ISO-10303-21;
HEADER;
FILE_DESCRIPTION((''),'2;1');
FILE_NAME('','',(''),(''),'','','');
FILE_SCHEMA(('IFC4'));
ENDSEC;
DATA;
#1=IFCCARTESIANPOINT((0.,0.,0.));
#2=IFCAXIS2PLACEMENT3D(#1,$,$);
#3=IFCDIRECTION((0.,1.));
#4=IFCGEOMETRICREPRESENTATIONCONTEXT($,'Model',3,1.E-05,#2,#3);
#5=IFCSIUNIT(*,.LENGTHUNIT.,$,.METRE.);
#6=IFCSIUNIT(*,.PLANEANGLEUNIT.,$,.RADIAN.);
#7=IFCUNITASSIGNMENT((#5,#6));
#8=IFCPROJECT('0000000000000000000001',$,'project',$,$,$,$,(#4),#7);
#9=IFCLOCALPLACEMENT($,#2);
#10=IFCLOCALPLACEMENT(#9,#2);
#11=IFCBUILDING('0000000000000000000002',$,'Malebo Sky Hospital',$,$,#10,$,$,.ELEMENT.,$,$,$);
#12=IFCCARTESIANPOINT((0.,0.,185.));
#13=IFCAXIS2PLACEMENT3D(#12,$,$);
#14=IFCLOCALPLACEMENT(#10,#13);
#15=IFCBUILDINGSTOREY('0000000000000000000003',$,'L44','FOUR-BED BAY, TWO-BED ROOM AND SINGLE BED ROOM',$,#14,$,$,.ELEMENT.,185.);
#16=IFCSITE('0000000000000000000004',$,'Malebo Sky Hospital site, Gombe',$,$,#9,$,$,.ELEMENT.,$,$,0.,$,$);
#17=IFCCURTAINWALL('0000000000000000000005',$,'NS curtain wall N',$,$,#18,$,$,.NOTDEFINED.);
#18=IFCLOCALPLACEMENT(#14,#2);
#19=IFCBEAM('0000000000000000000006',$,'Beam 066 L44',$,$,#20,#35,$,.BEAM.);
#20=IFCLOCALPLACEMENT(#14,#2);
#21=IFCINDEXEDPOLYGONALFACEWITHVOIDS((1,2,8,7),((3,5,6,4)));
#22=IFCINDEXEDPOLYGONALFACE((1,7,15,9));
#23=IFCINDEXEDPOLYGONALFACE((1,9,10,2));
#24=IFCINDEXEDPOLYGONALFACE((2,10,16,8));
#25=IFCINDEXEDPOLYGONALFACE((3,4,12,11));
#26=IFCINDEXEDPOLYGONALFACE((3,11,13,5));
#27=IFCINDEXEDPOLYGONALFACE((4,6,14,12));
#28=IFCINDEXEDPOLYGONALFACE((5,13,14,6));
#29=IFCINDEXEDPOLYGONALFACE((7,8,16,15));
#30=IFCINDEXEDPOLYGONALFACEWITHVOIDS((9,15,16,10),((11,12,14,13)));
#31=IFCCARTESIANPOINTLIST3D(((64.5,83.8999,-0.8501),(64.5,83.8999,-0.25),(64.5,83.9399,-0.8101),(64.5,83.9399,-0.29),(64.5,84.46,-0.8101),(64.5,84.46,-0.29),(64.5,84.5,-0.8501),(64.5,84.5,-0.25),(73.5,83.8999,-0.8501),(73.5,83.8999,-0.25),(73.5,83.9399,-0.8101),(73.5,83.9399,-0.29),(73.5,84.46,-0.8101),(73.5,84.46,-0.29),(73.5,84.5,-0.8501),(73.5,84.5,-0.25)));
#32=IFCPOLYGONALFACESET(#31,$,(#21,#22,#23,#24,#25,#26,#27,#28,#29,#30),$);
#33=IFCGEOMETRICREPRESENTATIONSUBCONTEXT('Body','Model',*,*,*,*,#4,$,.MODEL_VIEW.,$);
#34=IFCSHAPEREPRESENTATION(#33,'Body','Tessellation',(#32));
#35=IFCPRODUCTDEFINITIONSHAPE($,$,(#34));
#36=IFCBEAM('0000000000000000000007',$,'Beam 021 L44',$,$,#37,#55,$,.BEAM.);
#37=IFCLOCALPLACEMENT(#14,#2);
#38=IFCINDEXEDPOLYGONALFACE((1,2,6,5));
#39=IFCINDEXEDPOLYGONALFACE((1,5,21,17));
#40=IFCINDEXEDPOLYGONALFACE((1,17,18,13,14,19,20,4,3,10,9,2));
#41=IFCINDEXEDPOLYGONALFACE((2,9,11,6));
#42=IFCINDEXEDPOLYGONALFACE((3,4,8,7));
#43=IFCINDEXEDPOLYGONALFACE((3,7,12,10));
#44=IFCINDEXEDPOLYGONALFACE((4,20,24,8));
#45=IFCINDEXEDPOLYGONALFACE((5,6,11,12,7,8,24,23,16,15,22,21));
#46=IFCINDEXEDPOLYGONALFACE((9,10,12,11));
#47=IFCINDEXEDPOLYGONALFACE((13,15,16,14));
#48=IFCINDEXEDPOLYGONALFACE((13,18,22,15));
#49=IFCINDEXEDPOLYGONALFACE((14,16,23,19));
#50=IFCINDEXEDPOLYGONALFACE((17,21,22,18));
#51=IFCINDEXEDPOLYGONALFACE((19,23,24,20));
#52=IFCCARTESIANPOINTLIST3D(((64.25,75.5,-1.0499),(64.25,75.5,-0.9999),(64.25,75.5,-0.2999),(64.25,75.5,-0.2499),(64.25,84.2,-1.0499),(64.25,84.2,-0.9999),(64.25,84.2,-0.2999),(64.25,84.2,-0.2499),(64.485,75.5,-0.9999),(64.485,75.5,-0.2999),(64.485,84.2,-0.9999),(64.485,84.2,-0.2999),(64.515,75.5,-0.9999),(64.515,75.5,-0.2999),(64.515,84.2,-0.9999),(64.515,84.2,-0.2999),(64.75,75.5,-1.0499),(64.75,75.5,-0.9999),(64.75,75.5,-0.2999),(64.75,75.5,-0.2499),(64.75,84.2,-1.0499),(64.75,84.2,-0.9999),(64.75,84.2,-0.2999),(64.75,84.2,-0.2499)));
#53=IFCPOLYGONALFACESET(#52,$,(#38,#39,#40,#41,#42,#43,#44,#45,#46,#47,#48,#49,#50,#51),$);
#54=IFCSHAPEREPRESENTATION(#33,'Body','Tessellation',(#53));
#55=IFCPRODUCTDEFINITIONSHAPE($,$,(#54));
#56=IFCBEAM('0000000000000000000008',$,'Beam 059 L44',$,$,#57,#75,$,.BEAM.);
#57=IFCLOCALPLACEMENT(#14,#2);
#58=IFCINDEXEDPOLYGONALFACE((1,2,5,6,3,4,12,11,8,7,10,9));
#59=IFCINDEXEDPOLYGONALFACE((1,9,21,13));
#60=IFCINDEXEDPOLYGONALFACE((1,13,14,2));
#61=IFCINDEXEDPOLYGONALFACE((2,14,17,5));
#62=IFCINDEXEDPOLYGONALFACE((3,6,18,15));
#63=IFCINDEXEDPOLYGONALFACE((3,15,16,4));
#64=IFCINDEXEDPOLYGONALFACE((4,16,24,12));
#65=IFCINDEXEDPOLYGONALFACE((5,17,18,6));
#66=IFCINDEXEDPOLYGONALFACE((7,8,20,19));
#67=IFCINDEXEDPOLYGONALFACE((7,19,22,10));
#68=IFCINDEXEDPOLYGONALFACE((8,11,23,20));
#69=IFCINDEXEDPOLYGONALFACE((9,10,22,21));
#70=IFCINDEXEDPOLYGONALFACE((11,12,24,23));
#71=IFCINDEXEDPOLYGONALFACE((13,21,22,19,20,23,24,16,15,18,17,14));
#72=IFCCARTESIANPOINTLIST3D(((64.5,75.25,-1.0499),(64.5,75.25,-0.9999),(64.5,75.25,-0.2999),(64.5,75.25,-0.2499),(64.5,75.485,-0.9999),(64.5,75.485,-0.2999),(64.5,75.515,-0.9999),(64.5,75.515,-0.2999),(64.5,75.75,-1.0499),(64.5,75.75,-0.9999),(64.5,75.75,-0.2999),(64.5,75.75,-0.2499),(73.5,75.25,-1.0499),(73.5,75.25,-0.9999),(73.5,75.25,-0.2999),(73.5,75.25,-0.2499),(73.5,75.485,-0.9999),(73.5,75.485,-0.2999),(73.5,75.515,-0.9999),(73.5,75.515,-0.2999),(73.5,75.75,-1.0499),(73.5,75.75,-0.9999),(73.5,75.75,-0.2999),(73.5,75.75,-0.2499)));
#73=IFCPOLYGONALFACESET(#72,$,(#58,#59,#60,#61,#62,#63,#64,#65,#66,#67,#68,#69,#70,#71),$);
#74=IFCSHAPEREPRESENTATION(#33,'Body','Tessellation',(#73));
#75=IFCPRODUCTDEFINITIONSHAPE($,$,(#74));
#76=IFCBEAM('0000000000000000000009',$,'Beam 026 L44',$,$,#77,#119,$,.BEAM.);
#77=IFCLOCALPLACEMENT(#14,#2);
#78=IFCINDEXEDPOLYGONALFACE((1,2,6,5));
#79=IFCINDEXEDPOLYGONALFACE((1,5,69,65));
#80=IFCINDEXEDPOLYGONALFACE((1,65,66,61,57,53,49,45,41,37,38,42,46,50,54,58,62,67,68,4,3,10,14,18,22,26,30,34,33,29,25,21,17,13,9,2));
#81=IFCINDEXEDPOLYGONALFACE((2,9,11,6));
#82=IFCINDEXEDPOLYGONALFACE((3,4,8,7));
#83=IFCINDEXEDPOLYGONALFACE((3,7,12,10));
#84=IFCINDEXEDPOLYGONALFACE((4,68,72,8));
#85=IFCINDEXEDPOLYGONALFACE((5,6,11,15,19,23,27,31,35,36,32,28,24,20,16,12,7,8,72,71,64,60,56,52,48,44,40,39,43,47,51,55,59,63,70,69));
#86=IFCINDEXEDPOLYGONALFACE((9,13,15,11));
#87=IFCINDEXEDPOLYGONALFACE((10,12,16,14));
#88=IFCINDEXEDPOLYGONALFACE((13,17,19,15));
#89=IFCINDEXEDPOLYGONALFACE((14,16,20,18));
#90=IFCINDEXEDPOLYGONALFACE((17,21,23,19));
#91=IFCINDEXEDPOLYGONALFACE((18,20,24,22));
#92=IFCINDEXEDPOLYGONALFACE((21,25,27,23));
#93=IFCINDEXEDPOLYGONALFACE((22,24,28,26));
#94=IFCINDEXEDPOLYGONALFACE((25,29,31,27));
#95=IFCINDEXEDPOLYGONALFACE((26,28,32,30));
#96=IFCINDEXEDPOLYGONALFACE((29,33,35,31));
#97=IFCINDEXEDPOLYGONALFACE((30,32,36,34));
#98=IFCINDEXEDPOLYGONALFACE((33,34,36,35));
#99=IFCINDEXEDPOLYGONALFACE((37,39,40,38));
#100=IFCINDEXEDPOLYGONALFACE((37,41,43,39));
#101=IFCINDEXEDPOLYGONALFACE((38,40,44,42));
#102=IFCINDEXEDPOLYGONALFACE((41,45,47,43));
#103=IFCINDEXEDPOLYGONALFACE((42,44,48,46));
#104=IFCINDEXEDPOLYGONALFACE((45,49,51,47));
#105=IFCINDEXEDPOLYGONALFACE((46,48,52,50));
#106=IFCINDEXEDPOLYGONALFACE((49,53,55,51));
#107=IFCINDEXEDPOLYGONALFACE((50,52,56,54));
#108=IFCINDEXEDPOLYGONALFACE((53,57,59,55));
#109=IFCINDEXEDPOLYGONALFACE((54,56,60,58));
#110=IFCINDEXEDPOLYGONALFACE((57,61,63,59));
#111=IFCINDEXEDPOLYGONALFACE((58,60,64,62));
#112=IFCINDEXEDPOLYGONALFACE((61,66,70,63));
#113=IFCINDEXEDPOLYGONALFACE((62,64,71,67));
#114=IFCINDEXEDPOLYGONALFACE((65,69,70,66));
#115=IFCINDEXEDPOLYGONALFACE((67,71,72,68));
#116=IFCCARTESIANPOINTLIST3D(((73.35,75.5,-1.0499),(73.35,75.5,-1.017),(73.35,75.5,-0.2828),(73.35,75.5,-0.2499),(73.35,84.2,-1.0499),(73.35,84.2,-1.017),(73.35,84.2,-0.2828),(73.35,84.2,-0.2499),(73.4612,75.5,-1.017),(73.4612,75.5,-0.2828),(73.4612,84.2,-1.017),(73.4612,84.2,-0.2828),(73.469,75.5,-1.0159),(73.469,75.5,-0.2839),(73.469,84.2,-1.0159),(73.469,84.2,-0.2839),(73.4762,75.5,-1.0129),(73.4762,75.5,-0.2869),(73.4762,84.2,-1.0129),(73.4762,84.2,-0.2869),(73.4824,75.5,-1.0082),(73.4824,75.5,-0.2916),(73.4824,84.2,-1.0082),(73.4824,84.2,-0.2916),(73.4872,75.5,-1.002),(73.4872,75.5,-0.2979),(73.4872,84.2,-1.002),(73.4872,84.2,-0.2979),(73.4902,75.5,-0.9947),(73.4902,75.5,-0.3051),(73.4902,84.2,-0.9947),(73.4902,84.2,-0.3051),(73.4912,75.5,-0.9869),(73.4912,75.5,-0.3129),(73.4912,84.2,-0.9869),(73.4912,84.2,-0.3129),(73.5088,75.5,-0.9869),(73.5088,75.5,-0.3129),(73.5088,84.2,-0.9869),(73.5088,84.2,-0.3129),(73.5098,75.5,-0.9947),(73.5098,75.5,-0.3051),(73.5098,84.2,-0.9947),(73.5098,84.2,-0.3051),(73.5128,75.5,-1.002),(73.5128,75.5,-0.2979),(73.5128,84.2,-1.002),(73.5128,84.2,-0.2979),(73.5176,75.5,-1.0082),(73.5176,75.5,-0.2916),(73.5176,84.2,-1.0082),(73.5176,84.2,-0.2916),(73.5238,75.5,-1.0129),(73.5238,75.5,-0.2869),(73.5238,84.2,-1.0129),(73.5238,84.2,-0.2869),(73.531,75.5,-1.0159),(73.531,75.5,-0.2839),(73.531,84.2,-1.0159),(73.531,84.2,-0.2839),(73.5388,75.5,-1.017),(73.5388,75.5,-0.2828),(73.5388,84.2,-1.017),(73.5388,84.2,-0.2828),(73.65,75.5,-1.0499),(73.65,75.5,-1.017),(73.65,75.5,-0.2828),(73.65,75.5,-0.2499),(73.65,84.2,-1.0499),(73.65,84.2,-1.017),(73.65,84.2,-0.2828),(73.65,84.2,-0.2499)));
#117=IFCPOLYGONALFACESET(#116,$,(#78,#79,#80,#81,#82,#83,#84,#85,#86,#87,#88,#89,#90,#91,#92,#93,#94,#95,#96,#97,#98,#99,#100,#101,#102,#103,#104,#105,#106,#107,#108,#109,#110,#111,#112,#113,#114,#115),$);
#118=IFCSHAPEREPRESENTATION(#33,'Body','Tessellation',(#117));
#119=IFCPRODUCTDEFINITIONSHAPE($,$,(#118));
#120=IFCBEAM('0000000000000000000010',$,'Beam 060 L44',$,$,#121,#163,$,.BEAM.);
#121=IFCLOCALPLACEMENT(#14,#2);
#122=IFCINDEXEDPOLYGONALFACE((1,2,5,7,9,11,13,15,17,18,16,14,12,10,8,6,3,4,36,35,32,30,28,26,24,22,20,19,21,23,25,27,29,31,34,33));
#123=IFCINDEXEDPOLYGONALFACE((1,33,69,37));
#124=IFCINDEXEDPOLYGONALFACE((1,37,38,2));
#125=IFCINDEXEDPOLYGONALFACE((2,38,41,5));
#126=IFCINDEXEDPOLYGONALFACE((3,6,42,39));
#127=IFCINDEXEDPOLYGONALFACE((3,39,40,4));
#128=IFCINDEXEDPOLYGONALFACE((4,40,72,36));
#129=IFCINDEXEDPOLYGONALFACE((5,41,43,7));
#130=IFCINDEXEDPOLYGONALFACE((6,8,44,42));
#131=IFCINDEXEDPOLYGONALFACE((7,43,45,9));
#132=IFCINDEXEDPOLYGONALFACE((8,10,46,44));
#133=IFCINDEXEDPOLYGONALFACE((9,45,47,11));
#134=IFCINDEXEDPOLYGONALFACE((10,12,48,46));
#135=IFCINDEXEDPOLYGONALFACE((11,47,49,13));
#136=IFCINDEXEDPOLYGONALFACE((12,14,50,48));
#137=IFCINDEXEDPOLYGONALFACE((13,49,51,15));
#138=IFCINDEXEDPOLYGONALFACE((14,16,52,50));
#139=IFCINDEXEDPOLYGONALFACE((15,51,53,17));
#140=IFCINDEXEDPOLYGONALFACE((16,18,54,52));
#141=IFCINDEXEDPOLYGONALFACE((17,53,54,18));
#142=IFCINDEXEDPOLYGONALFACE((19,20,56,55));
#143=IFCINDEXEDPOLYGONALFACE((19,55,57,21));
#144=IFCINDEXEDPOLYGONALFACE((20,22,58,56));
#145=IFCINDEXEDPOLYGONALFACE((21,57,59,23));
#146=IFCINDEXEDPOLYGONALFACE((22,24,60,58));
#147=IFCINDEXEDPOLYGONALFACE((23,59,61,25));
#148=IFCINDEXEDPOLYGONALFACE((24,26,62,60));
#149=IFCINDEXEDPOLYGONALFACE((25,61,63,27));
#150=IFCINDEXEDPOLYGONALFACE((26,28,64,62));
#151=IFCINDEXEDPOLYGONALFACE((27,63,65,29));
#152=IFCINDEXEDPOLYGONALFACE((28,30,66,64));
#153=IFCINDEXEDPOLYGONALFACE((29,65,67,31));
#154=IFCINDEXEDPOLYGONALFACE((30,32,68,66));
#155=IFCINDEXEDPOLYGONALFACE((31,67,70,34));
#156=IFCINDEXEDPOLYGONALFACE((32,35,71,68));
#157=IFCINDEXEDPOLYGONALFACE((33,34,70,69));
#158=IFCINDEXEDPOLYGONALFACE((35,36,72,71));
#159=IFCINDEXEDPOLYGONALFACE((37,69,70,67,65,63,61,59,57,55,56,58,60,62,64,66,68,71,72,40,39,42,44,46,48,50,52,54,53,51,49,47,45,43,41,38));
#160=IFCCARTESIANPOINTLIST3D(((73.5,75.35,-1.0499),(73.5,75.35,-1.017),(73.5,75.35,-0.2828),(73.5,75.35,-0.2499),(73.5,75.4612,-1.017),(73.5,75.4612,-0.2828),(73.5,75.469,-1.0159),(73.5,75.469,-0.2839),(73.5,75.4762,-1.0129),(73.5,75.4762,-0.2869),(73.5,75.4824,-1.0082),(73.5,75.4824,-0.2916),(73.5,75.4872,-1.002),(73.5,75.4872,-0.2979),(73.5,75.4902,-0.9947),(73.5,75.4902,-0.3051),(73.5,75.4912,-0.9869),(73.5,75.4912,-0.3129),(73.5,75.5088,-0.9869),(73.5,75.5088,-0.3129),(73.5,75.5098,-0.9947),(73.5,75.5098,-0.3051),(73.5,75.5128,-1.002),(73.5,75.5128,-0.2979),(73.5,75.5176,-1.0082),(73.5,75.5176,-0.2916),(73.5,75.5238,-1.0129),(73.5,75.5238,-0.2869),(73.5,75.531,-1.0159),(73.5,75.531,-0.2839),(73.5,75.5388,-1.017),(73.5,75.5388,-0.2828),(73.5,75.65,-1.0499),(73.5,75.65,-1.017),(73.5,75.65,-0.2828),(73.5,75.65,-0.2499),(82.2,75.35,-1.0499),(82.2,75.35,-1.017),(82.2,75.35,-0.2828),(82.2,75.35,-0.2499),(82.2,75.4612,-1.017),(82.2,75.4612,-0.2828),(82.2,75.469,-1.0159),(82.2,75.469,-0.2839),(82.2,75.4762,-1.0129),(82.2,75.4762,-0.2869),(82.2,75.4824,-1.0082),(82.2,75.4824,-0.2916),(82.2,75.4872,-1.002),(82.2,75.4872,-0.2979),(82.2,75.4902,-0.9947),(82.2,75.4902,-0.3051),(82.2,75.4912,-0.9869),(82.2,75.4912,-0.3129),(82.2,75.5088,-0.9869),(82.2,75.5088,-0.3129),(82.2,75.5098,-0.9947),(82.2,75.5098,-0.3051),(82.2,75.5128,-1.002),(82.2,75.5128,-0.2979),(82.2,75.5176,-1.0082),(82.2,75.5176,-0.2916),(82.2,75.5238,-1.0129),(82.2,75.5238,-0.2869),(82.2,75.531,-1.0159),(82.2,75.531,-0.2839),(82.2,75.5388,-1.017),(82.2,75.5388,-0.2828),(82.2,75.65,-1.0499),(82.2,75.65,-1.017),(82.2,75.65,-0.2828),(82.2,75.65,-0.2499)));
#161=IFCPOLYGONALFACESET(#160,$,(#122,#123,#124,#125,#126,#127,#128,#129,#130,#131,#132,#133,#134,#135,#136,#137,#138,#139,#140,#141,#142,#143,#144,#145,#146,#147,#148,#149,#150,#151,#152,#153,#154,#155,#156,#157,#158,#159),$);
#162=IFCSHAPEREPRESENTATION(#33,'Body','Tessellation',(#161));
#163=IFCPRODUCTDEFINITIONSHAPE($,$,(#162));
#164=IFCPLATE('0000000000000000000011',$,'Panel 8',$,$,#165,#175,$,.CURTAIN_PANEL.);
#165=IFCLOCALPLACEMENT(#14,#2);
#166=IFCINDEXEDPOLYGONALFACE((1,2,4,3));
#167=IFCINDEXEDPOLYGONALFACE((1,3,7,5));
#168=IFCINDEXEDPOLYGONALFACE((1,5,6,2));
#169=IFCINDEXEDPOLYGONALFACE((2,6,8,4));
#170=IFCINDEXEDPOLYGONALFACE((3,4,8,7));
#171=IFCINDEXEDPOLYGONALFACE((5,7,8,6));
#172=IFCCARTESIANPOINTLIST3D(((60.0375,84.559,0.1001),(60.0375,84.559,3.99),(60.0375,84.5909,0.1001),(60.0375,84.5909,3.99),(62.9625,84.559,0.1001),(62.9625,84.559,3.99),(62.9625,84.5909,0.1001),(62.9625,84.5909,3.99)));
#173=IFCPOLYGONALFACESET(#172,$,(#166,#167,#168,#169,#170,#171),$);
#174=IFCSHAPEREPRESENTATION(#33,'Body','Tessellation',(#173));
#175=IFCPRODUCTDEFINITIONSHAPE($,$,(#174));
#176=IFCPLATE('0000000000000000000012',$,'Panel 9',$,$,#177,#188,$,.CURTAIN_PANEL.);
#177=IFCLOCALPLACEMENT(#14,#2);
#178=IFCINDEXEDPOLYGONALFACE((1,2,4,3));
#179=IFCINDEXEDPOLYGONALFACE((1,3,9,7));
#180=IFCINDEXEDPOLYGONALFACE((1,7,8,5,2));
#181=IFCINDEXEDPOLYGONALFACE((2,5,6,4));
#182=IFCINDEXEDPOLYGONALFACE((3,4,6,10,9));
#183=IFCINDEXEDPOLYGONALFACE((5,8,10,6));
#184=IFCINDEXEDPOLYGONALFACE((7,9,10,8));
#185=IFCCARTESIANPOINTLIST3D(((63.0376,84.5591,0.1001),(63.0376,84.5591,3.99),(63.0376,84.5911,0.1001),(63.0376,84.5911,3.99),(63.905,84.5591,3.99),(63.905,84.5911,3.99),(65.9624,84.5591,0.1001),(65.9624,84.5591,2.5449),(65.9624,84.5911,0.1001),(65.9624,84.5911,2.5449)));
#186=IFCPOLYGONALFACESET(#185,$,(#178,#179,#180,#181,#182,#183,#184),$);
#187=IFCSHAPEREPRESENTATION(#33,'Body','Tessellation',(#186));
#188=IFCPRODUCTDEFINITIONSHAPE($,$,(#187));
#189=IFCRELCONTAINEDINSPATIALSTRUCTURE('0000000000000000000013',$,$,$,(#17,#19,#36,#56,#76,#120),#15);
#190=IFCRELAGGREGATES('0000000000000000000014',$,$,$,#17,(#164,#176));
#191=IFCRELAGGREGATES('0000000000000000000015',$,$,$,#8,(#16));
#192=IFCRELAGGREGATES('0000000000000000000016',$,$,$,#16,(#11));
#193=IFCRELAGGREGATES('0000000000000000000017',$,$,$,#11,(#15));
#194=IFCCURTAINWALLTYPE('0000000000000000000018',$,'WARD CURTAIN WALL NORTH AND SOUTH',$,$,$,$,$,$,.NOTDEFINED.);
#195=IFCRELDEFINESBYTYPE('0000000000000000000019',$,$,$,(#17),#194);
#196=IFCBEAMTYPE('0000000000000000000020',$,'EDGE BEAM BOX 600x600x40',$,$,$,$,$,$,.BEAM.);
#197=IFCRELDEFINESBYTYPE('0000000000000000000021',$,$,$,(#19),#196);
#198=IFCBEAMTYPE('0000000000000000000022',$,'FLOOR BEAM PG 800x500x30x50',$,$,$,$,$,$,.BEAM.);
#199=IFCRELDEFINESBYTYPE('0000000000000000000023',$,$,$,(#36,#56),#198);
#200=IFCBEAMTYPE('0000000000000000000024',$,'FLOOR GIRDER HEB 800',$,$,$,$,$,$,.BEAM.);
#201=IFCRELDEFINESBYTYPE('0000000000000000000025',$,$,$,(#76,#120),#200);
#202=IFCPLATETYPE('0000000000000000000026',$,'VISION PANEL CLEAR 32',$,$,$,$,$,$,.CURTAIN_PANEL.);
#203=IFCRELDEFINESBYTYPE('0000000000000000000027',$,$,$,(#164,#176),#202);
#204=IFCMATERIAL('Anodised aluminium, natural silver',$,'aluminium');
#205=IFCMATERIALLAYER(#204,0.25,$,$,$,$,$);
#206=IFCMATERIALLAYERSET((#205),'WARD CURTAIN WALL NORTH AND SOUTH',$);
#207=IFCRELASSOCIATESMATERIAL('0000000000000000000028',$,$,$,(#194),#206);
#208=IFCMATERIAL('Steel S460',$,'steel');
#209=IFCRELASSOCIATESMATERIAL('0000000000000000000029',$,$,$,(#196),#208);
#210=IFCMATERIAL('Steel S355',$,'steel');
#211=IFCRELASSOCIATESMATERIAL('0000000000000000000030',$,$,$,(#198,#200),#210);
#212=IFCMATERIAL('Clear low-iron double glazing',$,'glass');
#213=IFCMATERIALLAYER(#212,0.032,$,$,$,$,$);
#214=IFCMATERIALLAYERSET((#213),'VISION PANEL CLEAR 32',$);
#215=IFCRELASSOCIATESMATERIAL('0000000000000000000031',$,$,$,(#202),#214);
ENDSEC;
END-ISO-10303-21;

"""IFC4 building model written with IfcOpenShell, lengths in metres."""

from ifc_helpers import new_model, si_unit, direction, frame, origin, origin_2d, place, context, subcontext, project, spatial, polyline, rectangle, hollow_rectangle, i_section, outline, extrude, material, layer, layer_set, material_profile, profile_set, type_object, element, aggregate, save


model = new_model("IFC4")

# Units and contexts
model_context = context("Model", 3, precision=1e-05, world=origin(), true_north=direction((0.0, 1.0)))
body_context = subcontext(model_context, "Body", "Model", "MODEL_VIEW")
ifc_project = project(units=[si_unit("LENGTHUNIT", "METRE"), si_unit("PLANEANGLEUNIT", "RADIAN")], contexts=[model_context])

# Site, building, storey
site_placement = place(None, origin())
site = spatial("IfcSite", under=ifc_project, at=site_placement, Name="Malebo Sky Hospital site, Gombe", CompositionType="ELEMENT", RefElevation=0.0)
building_placement = place(site_placement, origin())
building = spatial("IfcBuilding", under=site, at=building_placement, Name="Malebo Sky Hospital", CompositionType="ELEMENT")
storey_placement = place(building_placement, frame((0.0, 0.0, 185.0)))
storey = spatial("IfcBuildingStorey", under=building, at=storey_placement, Name="L44", Description="FOUR-BED BAY, TWO-BED ROOM AND SINGLE BED ROOM", CompositionType="ELEMENT", Elevation=185.0)

# Shared definitions
ifc_material_1 = material(Name="Steel S460", Category="steel")

# Curtain wall
ifc_material_2 = material(Name="Anodised aluminium, natural silver", Category="aluminium")
ifc_layer_1 = layer(ifc_material_2, 0.25)
ifc_layer_set_1 = layer_set([ifc_layer_1], Name="WARD CURTAIN WALL NORTH AND SOUTH")
curtain_wall_type = type_object("IfcCurtainWallType", Name="WARD CURTAIN WALL NORTH AND SOUTH", PredefinedType="NOTDEFINED", material=ifc_layer_set_1)
curtain_wall_placement = place(storey_placement, origin())
curtain_wall = element("IfcCurtainWall", 1, at=curtain_wall_placement, inside=storey, type_object=curtain_wall_type, Name="NS curtain wall N", PredefinedType="NOTDEFINED")

# Shared definitions
ifc_material_3 = material(Name="Steel S355", Category="steel")

# Beams
ifc_material_profile_1 = material_profile(ifc_material_1, hollow_rectangle(XDim=0.6001, YDim=0.6001, WallThickness=0.04, at=origin_2d()), Name="BOX 600x600x40")
ifc_profile_set_1 = profile_set([ifc_material_profile_1], Name="Steel S460")
beam_type_1 = type_object("IfcBeamType", Name="EDGE BEAM BOX 600x600x40", PredefinedType="BEAM", material=ifc_profile_set_1)
beam_1_placement = place(storey_placement, frame((64.5, 84.2, -0.55), z_axis=(1.0, 0.0, 0.0), x_axis=(0.0, 1.0, 0.0)))
element("IfcBeam", 2, at=beam_1_placement, inside=storey, type_object=beam_type_1, Name="Beam 066 L44", PredefinedType="BEAM", context=body_context, shape_type="SweptSolid", body=[
    extrude(hollow_rectangle(XDim=0.6001, YDim=0.6001, WallThickness=0.04, at=origin_2d()), origin(), (0.0, 0.0, 1.0), 9.0),
])
ifc_material_profile_2 = material_profile(ifc_material_3, i_section(OverallWidth=0.5, OverallDepth=0.8, WebThickness=0.03, FlangeThickness=0.05, at=origin_2d()), Name="PG 800x500x30x50")
ifc_profile_set_2 = profile_set([ifc_material_profile_2], Name="Steel S355")
beam_type_2 = type_object("IfcBeamType", Name="FLOOR BEAM PG 800x500x30x50", PredefinedType="BEAM", material=ifc_profile_set_2)
beam_2_placement = place(storey_placement, frame((64.5, 75.5, -0.6499), z_axis=(0.0, 1.0, 0.0), x_axis=(-1.0, 0.0, 0.0)))
element("IfcBeam", 3, at=beam_2_placement, inside=storey, type_object=beam_type_2, Name="Beam 021 L44", PredefinedType="BEAM", context=body_context, shape_type="SweptSolid", body=[
    extrude(i_section(OverallWidth=0.5, OverallDepth=0.8, WebThickness=0.03, FlangeThickness=0.05, at=origin_2d()), origin(), (0.0, 0.0, 1.0), 8.7),
])
beam_3_placement = place(storey_placement, frame((64.5, 75.5, -0.6499), z_axis=(1.0, 0.0, 0.0), x_axis=(0.0, 1.0, 0.0)))
element("IfcBeam", 4, at=beam_3_placement, inside=storey, type_object=beam_type_2, Name="Beam 059 L44", PredefinedType="BEAM", context=body_context, shape_type="SweptSolid", body=[
    extrude(i_section(OverallWidth=0.5, OverallDepth=0.8, WebThickness=0.03, FlangeThickness=0.05, at=origin_2d()), origin(), (0.0, 0.0, 1.0), 9.0),
])
ifc_material_profile_3 = material_profile(ifc_material_3, i_section(OverallWidth=0.3, OverallDepth=0.8, WebThickness=0.0176, FlangeThickness=0.033, FilletRadius=0.03, at=origin_2d()), Name="HEB 800")
ifc_profile_set_3 = profile_set([ifc_material_profile_3], Name="Steel S355")
beam_type_3 = type_object("IfcBeamType", Name="FLOOR GIRDER HEB 800", PredefinedType="BEAM", material=ifc_profile_set_3)
for number, where, z_axis, x_axis, name in (
    (5, (73.5, 75.5, -0.6499), (0.0, 1.0, 0.0), (-1.0, 0.0, 0.0), "Beam 026 L44"),
    (6, (73.5, 75.5, -0.6499), (1.0, 0.0, 0.0), (0.0, 1.0, 0.0), "Beam 060 L44"),
):
    element("IfcBeam", number, at=place(storey_placement, frame(where, z_axis=z_axis, x_axis=x_axis)), inside=storey, type_object=beam_type_3, Name=name, PredefinedType="BEAM", context=body_context, shape_type="SweptSolid", body=[
        extrude(i_section(OverallWidth=0.3, OverallDepth=0.8, WebThickness=0.0176, FlangeThickness=0.033, FilletRadius=0.03, at=origin_2d()), origin(), (0.0, 0.0, 1.0), 8.7),
    ])

# Plates
ifc_material_4 = material(Name="Clear low-iron double glazing", Category="glass")
ifc_layer_2 = layer(ifc_material_4, 0.032)
ifc_layer_set_2 = layer_set([ifc_layer_2], Name="VISION PANEL CLEAR 32")
plate_type = type_object("IfcPlateType", Name="VISION PANEL CLEAR 32", PredefinedType="CURTAIN_PANEL", material=ifc_layer_set_2)
plate_1_placement = place(storey_placement, frame((61.5, 84.575, 0.1001), z_axis=(0.0, 0.0, 1.0), x_axis=(1.0, 0.0, 0.0)))
plate_1 = element("IfcPlate", 7, at=plate_1_placement, type_object=plate_type, Name="Panel 8", PredefinedType="CURTAIN_PANEL", context=body_context, shape_type="SweptSolid", body=[
    extrude(rectangle(XDim=2.925, YDim=0.032, at=origin_2d()), origin(), (0.0, 0.0, 1.0), 3.8899),
])
plate_2_placement = place(storey_placement, frame((64.5, 84.575, 0.1001), z_axis=(0.0, 0.0, 1.0), x_axis=(1.0, 0.0, 0.0)))
plate_2 = element("IfcPlate", 8, at=plate_2_placement, type_object=plate_type, Name="Panel 9", PredefinedType="CURTAIN_PANEL", context=body_context, shape_type="SweptSolid", body=[
    extrude(outline(polyline([(-1.4624, 0.0), (1.4624, 0.0), (1.4624, 2.4448), (-0.595, 3.8899), (-1.4624, 3.8899), (-1.4624, 0.0)])), frame((0.0, 0.0161, 0.0), z_axis=(0.0, -1.0, 0.0), x_axis=(1.0, 0.0, 0.0)), (0.0, 0.0, 1.0), 0.032),
])
aggregate(curtain_wall, [plate_1, plate_2])

save(model, "model.ifc")
